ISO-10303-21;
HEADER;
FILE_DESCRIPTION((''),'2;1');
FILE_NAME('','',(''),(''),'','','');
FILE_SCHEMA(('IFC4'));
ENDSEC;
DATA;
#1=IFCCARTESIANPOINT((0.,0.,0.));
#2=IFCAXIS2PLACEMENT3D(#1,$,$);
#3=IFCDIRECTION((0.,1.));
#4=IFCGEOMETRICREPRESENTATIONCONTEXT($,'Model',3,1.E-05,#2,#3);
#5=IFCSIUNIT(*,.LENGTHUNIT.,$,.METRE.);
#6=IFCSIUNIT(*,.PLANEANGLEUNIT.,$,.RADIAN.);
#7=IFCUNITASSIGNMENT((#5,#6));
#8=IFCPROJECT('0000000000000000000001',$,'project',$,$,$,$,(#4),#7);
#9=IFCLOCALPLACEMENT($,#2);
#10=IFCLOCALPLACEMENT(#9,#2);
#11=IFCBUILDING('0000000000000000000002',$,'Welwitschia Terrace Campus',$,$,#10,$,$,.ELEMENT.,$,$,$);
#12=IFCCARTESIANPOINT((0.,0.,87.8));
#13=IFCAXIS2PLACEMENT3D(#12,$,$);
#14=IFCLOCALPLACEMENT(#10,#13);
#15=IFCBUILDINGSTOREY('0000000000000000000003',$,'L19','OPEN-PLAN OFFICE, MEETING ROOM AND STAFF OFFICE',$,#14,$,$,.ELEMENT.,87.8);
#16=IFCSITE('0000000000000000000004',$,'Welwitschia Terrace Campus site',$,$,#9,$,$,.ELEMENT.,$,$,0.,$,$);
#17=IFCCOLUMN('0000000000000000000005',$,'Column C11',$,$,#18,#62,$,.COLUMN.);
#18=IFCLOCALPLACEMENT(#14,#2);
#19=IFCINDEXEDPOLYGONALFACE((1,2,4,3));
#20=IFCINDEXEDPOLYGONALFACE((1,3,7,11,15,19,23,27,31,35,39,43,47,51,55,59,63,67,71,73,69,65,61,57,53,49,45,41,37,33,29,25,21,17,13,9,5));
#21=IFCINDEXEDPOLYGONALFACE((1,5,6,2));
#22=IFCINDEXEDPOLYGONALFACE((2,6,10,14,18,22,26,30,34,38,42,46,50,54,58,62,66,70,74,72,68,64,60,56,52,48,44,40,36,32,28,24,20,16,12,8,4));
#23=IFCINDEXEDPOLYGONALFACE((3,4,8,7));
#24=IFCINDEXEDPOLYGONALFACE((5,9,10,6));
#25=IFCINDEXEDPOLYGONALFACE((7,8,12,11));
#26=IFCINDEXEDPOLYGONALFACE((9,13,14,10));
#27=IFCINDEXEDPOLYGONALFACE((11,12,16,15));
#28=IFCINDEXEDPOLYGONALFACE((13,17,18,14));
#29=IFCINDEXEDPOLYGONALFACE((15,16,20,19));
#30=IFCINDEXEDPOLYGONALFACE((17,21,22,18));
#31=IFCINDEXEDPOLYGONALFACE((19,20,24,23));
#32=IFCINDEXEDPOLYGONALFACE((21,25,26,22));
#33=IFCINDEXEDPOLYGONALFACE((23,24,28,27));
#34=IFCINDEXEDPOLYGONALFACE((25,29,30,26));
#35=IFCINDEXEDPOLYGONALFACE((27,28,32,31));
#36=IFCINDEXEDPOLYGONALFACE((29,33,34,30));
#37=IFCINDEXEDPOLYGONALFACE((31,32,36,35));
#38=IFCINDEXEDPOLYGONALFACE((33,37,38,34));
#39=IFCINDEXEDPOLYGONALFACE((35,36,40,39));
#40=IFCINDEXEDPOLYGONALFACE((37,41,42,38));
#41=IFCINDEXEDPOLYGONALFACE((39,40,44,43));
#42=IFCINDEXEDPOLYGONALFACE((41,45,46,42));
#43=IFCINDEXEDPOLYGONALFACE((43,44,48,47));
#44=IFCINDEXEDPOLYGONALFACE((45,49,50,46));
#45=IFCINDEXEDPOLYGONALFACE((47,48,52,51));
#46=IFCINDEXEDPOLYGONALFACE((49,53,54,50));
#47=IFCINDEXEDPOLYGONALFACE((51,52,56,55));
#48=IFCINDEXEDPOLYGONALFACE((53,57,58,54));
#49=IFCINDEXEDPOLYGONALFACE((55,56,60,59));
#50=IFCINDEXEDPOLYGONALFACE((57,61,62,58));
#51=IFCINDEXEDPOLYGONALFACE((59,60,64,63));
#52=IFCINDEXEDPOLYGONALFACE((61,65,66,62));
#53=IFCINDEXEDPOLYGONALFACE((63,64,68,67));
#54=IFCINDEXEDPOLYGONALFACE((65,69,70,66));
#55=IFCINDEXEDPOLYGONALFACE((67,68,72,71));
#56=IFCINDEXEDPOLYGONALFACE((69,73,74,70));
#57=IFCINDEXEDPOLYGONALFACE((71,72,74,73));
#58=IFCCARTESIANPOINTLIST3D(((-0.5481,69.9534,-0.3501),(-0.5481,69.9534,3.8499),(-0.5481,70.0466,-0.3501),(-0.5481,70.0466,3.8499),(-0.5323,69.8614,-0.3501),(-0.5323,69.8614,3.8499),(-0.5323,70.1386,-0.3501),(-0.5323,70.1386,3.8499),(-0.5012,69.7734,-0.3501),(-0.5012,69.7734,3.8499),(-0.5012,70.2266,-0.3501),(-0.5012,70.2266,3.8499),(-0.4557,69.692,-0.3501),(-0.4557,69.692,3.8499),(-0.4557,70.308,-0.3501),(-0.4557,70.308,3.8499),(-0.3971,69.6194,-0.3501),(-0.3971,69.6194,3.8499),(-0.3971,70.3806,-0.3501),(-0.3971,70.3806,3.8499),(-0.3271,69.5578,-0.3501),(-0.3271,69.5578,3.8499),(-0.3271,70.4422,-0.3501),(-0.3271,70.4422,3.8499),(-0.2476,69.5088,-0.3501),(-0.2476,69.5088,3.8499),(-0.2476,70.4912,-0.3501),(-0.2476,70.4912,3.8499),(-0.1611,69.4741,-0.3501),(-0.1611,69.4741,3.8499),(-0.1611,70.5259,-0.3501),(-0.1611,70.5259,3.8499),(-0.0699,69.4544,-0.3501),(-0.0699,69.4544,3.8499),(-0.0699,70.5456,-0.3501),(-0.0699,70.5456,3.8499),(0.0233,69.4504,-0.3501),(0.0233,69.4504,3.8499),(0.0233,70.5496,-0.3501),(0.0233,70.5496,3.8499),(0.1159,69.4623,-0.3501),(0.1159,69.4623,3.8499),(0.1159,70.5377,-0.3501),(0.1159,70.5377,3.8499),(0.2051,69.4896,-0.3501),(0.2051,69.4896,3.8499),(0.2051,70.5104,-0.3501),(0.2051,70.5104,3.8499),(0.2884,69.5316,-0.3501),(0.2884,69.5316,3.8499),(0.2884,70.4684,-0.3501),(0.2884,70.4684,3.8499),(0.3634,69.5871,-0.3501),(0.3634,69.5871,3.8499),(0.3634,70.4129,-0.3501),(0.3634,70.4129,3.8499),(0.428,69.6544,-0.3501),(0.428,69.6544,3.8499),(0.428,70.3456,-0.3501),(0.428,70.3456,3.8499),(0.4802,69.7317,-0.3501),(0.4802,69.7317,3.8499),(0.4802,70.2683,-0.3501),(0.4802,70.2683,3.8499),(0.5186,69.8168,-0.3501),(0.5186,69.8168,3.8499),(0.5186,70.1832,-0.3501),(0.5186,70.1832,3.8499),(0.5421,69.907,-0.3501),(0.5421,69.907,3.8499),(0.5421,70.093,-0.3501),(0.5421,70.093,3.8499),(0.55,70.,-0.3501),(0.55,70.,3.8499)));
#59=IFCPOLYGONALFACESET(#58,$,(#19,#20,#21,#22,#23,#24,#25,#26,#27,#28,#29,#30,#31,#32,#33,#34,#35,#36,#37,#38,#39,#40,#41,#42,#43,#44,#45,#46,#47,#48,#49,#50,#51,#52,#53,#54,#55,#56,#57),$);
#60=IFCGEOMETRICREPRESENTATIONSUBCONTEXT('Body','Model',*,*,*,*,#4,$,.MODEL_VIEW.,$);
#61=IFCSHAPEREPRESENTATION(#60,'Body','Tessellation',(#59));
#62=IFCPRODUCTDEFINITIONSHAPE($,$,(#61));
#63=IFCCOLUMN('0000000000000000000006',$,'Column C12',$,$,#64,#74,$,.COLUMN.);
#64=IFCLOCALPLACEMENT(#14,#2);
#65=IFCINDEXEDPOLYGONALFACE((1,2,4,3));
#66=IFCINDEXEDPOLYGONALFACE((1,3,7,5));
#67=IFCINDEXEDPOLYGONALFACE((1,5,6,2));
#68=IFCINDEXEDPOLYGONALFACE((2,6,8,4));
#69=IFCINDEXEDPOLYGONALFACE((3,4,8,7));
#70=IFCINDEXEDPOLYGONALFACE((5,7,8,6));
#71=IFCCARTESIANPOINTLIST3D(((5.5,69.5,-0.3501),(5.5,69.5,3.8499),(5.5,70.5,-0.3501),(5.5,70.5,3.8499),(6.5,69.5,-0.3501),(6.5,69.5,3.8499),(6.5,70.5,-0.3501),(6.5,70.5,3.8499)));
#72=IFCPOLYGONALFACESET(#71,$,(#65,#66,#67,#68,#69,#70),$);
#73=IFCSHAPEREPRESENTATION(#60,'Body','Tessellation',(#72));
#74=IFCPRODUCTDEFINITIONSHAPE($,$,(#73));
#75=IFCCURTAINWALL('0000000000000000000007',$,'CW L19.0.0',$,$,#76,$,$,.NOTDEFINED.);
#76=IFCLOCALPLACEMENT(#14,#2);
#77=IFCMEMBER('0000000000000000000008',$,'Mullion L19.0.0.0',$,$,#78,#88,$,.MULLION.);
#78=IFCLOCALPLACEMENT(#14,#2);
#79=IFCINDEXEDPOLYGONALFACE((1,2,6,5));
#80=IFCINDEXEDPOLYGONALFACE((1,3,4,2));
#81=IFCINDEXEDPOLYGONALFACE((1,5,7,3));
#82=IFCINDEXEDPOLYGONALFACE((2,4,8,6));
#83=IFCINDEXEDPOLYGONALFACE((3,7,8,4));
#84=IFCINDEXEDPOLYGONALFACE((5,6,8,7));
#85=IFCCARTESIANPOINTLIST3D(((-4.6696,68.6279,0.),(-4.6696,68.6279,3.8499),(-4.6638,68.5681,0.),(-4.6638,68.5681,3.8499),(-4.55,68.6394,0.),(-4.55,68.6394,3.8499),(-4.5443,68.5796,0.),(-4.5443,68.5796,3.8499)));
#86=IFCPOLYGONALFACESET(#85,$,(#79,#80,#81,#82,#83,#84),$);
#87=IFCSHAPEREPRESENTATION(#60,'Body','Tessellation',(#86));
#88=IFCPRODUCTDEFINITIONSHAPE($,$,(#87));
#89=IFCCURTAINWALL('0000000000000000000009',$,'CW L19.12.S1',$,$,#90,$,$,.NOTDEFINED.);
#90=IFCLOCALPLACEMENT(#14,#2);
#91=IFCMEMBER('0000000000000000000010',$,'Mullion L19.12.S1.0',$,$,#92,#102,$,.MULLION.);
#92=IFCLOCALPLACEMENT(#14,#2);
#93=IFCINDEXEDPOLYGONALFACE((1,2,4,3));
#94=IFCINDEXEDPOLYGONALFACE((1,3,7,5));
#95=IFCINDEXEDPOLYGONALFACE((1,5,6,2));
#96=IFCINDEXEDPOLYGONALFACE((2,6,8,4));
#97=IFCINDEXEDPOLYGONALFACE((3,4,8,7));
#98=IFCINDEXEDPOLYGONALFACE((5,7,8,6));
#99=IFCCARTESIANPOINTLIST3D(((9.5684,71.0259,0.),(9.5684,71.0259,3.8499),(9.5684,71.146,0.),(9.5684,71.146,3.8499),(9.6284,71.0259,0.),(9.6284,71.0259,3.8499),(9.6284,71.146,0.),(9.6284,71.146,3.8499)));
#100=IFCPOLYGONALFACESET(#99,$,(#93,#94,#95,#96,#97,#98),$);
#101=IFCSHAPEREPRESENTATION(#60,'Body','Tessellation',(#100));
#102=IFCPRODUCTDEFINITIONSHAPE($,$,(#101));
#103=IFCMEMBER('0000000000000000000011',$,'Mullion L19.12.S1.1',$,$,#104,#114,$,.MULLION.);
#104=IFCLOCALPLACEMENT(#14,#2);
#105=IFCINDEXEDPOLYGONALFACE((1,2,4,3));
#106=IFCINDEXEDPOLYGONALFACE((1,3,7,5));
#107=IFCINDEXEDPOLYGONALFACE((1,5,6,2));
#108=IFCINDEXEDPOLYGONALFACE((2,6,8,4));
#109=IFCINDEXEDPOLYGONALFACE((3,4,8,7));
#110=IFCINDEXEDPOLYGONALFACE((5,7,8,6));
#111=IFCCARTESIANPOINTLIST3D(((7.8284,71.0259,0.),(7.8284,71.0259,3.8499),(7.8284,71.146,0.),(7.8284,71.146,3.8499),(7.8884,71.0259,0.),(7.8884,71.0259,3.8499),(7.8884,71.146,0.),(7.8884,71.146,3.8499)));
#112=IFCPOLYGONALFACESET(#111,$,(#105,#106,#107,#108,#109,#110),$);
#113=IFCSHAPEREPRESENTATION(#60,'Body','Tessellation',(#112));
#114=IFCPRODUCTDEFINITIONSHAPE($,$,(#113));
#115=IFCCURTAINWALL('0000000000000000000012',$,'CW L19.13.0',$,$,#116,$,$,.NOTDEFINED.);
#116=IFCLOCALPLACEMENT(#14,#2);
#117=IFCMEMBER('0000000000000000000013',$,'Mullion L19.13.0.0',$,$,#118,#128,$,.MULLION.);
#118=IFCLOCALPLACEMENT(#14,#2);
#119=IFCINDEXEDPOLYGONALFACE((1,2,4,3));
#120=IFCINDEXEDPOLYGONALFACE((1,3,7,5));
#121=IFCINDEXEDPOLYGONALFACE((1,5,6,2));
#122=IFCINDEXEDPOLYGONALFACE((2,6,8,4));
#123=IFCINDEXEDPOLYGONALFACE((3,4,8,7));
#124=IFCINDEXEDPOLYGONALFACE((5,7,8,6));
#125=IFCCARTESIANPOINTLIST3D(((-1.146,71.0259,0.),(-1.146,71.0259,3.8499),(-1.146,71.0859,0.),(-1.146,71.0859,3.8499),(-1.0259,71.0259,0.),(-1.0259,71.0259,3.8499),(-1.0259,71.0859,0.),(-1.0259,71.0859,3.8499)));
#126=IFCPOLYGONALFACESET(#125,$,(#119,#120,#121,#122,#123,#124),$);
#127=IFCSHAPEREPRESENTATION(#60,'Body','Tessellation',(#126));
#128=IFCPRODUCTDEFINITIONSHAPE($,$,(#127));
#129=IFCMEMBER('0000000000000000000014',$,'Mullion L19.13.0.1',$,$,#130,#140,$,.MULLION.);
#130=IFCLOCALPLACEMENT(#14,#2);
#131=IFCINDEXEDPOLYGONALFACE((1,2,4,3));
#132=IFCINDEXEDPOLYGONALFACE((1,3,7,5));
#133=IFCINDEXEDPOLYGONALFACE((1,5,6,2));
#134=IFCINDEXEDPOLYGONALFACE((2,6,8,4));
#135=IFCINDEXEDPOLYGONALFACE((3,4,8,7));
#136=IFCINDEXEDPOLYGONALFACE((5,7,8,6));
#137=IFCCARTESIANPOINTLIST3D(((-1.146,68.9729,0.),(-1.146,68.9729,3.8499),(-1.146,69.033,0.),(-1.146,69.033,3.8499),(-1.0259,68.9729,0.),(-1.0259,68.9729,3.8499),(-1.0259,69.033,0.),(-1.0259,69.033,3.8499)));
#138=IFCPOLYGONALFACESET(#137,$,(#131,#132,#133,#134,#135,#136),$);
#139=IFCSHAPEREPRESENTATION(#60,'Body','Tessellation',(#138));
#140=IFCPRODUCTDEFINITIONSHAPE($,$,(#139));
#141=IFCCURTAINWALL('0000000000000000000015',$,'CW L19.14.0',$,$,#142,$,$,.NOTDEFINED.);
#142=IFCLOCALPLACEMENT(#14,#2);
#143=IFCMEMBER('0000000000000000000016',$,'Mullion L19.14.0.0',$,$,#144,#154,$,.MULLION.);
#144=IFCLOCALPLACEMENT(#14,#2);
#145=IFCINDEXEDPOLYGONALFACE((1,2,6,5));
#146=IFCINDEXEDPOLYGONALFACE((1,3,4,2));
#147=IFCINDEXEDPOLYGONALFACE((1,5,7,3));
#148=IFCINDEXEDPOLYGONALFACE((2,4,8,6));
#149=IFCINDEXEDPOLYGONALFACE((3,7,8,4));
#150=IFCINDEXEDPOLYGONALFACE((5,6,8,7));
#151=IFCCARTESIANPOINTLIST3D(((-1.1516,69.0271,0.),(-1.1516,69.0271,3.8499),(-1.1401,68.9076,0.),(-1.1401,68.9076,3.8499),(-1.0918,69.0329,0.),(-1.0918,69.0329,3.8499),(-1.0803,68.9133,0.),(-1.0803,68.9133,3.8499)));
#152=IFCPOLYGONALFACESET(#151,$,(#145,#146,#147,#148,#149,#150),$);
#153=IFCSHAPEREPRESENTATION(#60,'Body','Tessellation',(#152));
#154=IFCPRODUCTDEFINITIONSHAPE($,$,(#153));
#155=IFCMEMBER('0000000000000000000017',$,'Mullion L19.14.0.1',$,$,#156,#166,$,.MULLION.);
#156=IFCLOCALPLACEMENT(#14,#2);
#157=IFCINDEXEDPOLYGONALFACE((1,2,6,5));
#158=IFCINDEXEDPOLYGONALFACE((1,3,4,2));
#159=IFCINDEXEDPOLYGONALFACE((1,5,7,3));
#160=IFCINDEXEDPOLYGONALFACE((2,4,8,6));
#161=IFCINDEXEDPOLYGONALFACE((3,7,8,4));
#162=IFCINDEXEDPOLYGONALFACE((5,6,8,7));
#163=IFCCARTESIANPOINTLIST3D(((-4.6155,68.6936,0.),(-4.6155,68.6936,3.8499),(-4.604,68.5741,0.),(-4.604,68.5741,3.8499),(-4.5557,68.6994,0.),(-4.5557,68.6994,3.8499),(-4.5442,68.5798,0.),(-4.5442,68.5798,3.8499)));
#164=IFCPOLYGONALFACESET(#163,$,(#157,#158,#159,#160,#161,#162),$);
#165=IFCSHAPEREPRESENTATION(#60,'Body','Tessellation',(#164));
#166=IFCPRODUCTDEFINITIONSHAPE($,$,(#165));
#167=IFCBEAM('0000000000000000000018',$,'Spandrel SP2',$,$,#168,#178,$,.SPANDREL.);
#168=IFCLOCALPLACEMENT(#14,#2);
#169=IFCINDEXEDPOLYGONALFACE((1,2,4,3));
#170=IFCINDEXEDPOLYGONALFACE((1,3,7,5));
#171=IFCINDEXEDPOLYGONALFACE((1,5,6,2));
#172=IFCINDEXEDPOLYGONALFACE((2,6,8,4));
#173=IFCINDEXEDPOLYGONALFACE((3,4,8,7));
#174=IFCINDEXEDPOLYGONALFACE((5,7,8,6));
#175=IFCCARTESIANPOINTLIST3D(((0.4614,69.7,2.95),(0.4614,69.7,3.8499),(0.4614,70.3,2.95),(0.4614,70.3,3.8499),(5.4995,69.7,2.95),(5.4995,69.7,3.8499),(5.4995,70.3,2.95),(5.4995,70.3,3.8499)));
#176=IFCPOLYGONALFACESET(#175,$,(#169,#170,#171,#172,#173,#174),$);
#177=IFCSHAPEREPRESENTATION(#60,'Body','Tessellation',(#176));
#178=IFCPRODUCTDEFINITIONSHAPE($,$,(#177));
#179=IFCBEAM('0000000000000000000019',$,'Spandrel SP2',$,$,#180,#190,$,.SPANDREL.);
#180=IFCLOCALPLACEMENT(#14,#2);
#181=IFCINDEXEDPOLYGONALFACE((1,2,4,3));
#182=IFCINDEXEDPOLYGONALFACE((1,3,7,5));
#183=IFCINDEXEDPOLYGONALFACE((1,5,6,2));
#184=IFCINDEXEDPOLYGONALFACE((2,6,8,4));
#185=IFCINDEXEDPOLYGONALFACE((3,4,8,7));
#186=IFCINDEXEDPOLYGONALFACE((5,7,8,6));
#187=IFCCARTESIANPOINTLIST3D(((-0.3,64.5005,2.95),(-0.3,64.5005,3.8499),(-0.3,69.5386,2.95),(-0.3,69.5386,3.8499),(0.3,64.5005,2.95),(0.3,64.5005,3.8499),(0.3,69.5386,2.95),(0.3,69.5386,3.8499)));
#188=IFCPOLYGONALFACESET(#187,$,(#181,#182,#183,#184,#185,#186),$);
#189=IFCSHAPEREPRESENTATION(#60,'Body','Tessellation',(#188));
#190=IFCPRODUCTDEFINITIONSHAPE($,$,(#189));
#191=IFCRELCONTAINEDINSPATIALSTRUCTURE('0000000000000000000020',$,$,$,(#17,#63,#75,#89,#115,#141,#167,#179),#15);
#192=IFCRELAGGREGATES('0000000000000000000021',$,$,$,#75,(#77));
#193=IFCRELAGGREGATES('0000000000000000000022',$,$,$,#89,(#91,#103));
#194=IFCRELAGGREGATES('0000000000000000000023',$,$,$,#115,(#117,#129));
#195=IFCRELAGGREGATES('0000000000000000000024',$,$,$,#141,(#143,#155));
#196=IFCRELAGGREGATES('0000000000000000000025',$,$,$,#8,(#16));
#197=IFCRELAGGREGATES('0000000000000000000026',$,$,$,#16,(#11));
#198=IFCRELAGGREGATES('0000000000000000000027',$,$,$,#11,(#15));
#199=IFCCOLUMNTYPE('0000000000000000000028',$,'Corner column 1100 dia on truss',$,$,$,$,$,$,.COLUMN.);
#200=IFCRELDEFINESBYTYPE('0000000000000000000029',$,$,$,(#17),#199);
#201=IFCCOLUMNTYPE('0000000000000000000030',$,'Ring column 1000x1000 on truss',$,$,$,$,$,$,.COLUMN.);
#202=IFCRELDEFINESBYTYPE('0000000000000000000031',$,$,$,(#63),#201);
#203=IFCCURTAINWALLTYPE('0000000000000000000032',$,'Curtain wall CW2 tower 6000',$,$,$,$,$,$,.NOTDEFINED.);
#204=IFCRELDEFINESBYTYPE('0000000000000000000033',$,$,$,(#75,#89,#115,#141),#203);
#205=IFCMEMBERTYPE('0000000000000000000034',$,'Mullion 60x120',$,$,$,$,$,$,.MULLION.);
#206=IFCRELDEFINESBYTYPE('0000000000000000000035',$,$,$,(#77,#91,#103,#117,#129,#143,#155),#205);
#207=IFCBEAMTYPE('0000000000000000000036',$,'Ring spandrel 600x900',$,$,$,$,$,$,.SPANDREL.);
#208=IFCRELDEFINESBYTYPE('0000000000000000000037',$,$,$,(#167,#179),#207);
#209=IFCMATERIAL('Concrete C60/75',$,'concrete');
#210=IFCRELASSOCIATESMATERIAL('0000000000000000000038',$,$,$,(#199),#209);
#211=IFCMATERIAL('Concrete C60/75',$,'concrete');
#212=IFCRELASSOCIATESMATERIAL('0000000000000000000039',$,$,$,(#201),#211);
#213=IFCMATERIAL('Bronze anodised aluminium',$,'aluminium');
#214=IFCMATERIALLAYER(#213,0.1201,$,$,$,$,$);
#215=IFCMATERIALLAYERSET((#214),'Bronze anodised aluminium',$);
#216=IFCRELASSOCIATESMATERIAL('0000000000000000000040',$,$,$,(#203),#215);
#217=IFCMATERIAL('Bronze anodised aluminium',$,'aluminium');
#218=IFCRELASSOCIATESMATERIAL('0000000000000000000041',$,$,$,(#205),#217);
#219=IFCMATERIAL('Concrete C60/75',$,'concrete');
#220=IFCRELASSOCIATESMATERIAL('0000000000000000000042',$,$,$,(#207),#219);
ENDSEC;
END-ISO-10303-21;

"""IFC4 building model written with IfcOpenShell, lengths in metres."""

from ifc_helpers import new_model, si_unit, direction, frame, origin, origin_2d, place, context, subcontext, project, spatial, rectangle, circle, extrude, material, layer, layer_set, material_profile, profile_set, type_object, element, aggregate, save


model = new_model("IFC4")

# Units and contexts
model_context = context("Model", 3, precision=1e-05, world=origin(), true_north=direction((0.0, 1.0)))
body_context = subcontext(model_context, "Body", "Model", "MODEL_VIEW")
ifc_project = project(units=[si_unit("LENGTHUNIT", "METRE"), si_unit("PLANEANGLEUNIT", "RADIAN")], contexts=[model_context])

# Site, building, storey
site_placement = place(None, origin())
site = spatial("IfcSite", under=ifc_project, at=site_placement, Name="Welwitschia Terrace Campus site", CompositionType="ELEMENT", RefElevation=0.0)
building_placement = place(site_placement, origin())
building = spatial("IfcBuilding", under=site, at=building_placement, Name="Welwitschia Terrace Campus", CompositionType="ELEMENT")
storey_placement = place(building_placement, frame((0.0, 0.0, 87.8)))
storey = spatial("IfcBuildingStorey", under=building, at=storey_placement, Name="L19", Description="OPEN-PLAN OFFICE, MEETING ROOM AND STAFF OFFICE", CompositionType="ELEMENT", Elevation=87.8)

# Columns
ifc_material_1 = material(Name="Concrete C60/75", Category="concrete")
ifc_material_profile_1 = material_profile(ifc_material_1, circle(Radius=0.55, at=origin_2d()))
ifc_profile_set_1 = profile_set([ifc_material_profile_1], Name="Concrete C60/75")
column_type_1 = type_object("IfcColumnType", Name="Corner column 1100 dia on truss", PredefinedType="COLUMN", material=ifc_profile_set_1)
column_1_placement = place(storey_placement, frame((0.0, 70.0, -0.3501), z_axis=(0.0, 0.0, 1.0), x_axis=(1.0, 0.0, 0.0)))
element("IfcColumn", 1, at=column_1_placement, inside=storey, type_object=column_type_1, Name="Column C11", PredefinedType="COLUMN", context=body_context, shape_type="SweptSolid", body=[
    extrude(circle(Radius=0.55, at=origin_2d()), origin(), (0.0, 0.0, 1.0), 4.2),
])
ifc_material_2 = material(Name="Concrete C60/75", Category="concrete")
ifc_material_profile_2 = material_profile(ifc_material_2, rectangle(XDim=1.0, YDim=1.0, at=origin_2d()))
ifc_profile_set_2 = profile_set([ifc_material_profile_2], Name="Concrete C60/75")
column_type_2 = type_object("IfcColumnType", Name="Ring column 1000x1000 on truss", PredefinedType="COLUMN", material=ifc_profile_set_2)
column_2_placement = place(storey_placement, frame((6.0, 70.0, -0.3501), z_axis=(0.0, 0.0, 1.0), x_axis=(1.0, 0.0, 0.0)))
element("IfcColumn", 2, at=column_2_placement, inside=storey, type_object=column_type_2, Name="Column C12", PredefinedType="COLUMN", context=body_context, shape_type="SweptSolid", body=[
    extrude(rectangle(XDim=1.0, YDim=1.0, at=origin_2d()), origin(), (0.0, 0.0, 1.0), 4.2),
])

# Curtain wall, member
ifc_material_3 = material(Name="Bronze anodised aluminium", Category="aluminium")
ifc_layer_1 = layer(ifc_material_3, 0.1201)
ifc_layer_set_1 = layer_set([ifc_layer_1], Name="Bronze anodised aluminium")
curtain_wall_type = type_object("IfcCurtainWallType", Name="Curtain wall CW2 tower 6000", PredefinedType="NOTDEFINED", material=ifc_layer_set_1)
curtain_wall_1_placement = place(storey_placement, origin())
curtain_wall_1 = element("IfcCurtainWall", 3, at=curtain_wall_1_placement, inside=storey, type_object=curtain_wall_type, Name="CW L19.0.0", PredefinedType="NOTDEFINED")
ifc_material_4 = material(Name="Bronze anodised aluminium", Category="aluminium")
ifc_material_profile_3 = material_profile(ifc_material_4, rectangle(XDim=0.1201, YDim=0.0601, at=origin_2d()))
ifc_profile_set_3 = profile_set([ifc_material_profile_3], Name="Bronze anodised aluminium")
member_type_1 = type_object("IfcMemberType", Name="Mullion 60x120", PredefinedType="MULLION", material=ifc_profile_set_3)
member_1_placement = place(storey_placement, frame((-4.6069, 68.6038, 0.0), z_axis=(0.0, 0.0, 1.0), x_axis=(0.995396, 0.095846, 0.0)))
member_1 = element("IfcMember", 4, at=member_1_placement, type_object=member_type_1, Name="Mullion L19.0.0.0", PredefinedType="MULLION", context=body_context, shape_type="SweptSolid", body=[
    extrude(rectangle(XDim=0.1201, YDim=0.0601, at=origin_2d()), origin(), (0.0, 0.0, 1.0), 3.8499),
])

# Curtain walls, members
curtain_wall_2_placement = place(storey_placement, origin())
curtain_wall_2 = element("IfcCurtainWall", 5, at=curtain_wall_2_placement, inside=storey, type_object=curtain_wall_type, Name="CW L19.12.S1", PredefinedType="NOTDEFINED")
member_2_placement = place(storey_placement, frame((9.5984, 71.0859, 0.0), z_axis=(0.0, 0.0, 1.0), x_axis=(0.0, -1.0, 0.0)))
member_2 = element("IfcMember", 6, at=member_2_placement, type_object=member_type_1, Name="Mullion L19.12.S1.0", PredefinedType="MULLION", context=body_context, shape_type="SweptSolid", body=[
    extrude(rectangle(XDim=0.1201, YDim=0.0601, at=origin_2d()), origin(), (0.0, 0.0, 1.0), 3.8499),
])
member_3_placement = place(storey_placement, frame((7.8584, 71.0859, 0.0), z_axis=(0.0, 0.0, 1.0), x_axis=(0.0, -1.0, 0.0)))
member_3 = element("IfcMember", 7, at=member_3_placement, type_object=member_type_1, Name="Mullion L19.12.S1.1", PredefinedType="MULLION", context=body_context, shape_type="SweptSolid", body=[
    extrude(rectangle(XDim=0.1201, YDim=0.0601, at=origin_2d()), origin(), (0.0, 0.0, 1.0), 3.8499),
])
curtain_wall_3_placement = place(storey_placement, origin())
curtain_wall_3 = element("IfcCurtainWall", 8, at=curtain_wall_3_placement, inside=storey, type_object=curtain_wall_type, Name="CW L19.13.0", PredefinedType="NOTDEFINED")
member_4_placement = place(storey_placement, frame((-1.0859, 71.0559, 0.0), z_axis=(0.0, 0.0, 1.0), x_axis=(1.0, 0.0, 0.0)))
member_4 = element("IfcMember", 9, at=member_4_placement, type_object=member_type_1, Name="Mullion L19.13.0.0", PredefinedType="MULLION", context=body_context, shape_type="SweptSolid", body=[
    extrude(rectangle(XDim=0.1201, YDim=0.0601, at=origin_2d()), origin(), (0.0, 0.0, 1.0), 3.8499),
])
member_5_placement = place(storey_placement, frame((-1.0859, 69.0029, 0.0), z_axis=(0.0, 0.0, 1.0), x_axis=(1.0, 0.0, 0.0)))
member_5 = element("IfcMember", 10, at=member_5_placement, type_object=member_type_1, Name="Mullion L19.13.0.1", PredefinedType="MULLION", context=body_context, shape_type="SweptSolid", body=[
    extrude(rectangle(XDim=0.1201, YDim=0.0601, at=origin_2d()), origin(), (0.0, 0.0, 1.0), 3.8499),
])
curtain_wall_4_placement = place(storey_placement, origin())
curtain_wall_4 = element("IfcCurtainWall", 11, at=curtain_wall_4_placement, inside=storey, type_object=curtain_wall_type, Name="CW L19.14.0", PredefinedType="NOTDEFINED")
member_6_placement = place(storey_placement, frame((-1.116, 68.9702, 0.0), z_axis=(0.0, 0.0, 1.0), x_axis=(0.095846, -0.995396, 0.0)))
member_6 = element("IfcMember", 12, at=member_6_placement, type_object=member_type_1, Name="Mullion L19.14.0.0", PredefinedType="MULLION", context=body_context, shape_type="SweptSolid", body=[
    extrude(rectangle(XDim=0.1201, YDim=0.0601, at=origin_2d()), origin(), (0.0, 0.0, 1.0), 3.8499),
])
member_7_placement = place(storey_placement, frame((-4.5798, 68.6367, 0.0), z_axis=(0.0, 0.0, 1.0), x_axis=(0.095846, -0.995396, 0.0)))
member_7 = element("IfcMember", 13, at=member_7_placement, type_object=member_type_1, Name="Mullion L19.14.0.1", PredefinedType="MULLION", context=body_context, shape_type="SweptSolid", body=[
    extrude(rectangle(XDim=0.1201, YDim=0.0601, at=origin_2d()), origin(), (0.0, 0.0, 1.0), 3.8499),
])

# Beams
ifc_material_5 = material(Name="Concrete C60/75", Category="concrete")
ifc_material_profile_4 = material_profile(ifc_material_5, rectangle(XDim=0.6001, YDim=0.8999, at=origin_2d()))
ifc_profile_set_4 = profile_set([ifc_material_profile_4], Name="Concrete C60/75")
beam_type = type_object("IfcBeamType", Name="Ring spandrel 600x900", PredefinedType="SPANDREL", material=ifc_profile_set_4)
for number, where, z_axis, x_axis, name in (
    (14, (5.4995, 70.0, 3.3999), (-1.0, 0.0, 0.0), (0.0, -1.0, 0.0), "Spandrel SP2"),
    (15, (0.0, 69.5386, 3.3999), (0.0, -1.0, 0.0), (1.0, 0.0, 0.0), "Spandrel SP2"),
):
    element("IfcBeam", number, at=place(storey_placement, frame(where, z_axis=z_axis, x_axis=x_axis)), inside=storey, type_object=beam_type, Name=name, PredefinedType="SPANDREL", context=body_context, shape_type="SweptSolid", body=[
        extrude(rectangle(XDim=0.6001, YDim=0.8999, at=origin_2d()), origin(), (0.0, 0.0, 1.0), 5.0381),
    ])

aggregate(curtain_wall_1, [member_1])
aggregate(curtain_wall_2, [member_2, member_3])
aggregate(curtain_wall_3, [member_4, member_5])
aggregate(curtain_wall_4, [member_6, member_7])

save(model, "model.ifc")
